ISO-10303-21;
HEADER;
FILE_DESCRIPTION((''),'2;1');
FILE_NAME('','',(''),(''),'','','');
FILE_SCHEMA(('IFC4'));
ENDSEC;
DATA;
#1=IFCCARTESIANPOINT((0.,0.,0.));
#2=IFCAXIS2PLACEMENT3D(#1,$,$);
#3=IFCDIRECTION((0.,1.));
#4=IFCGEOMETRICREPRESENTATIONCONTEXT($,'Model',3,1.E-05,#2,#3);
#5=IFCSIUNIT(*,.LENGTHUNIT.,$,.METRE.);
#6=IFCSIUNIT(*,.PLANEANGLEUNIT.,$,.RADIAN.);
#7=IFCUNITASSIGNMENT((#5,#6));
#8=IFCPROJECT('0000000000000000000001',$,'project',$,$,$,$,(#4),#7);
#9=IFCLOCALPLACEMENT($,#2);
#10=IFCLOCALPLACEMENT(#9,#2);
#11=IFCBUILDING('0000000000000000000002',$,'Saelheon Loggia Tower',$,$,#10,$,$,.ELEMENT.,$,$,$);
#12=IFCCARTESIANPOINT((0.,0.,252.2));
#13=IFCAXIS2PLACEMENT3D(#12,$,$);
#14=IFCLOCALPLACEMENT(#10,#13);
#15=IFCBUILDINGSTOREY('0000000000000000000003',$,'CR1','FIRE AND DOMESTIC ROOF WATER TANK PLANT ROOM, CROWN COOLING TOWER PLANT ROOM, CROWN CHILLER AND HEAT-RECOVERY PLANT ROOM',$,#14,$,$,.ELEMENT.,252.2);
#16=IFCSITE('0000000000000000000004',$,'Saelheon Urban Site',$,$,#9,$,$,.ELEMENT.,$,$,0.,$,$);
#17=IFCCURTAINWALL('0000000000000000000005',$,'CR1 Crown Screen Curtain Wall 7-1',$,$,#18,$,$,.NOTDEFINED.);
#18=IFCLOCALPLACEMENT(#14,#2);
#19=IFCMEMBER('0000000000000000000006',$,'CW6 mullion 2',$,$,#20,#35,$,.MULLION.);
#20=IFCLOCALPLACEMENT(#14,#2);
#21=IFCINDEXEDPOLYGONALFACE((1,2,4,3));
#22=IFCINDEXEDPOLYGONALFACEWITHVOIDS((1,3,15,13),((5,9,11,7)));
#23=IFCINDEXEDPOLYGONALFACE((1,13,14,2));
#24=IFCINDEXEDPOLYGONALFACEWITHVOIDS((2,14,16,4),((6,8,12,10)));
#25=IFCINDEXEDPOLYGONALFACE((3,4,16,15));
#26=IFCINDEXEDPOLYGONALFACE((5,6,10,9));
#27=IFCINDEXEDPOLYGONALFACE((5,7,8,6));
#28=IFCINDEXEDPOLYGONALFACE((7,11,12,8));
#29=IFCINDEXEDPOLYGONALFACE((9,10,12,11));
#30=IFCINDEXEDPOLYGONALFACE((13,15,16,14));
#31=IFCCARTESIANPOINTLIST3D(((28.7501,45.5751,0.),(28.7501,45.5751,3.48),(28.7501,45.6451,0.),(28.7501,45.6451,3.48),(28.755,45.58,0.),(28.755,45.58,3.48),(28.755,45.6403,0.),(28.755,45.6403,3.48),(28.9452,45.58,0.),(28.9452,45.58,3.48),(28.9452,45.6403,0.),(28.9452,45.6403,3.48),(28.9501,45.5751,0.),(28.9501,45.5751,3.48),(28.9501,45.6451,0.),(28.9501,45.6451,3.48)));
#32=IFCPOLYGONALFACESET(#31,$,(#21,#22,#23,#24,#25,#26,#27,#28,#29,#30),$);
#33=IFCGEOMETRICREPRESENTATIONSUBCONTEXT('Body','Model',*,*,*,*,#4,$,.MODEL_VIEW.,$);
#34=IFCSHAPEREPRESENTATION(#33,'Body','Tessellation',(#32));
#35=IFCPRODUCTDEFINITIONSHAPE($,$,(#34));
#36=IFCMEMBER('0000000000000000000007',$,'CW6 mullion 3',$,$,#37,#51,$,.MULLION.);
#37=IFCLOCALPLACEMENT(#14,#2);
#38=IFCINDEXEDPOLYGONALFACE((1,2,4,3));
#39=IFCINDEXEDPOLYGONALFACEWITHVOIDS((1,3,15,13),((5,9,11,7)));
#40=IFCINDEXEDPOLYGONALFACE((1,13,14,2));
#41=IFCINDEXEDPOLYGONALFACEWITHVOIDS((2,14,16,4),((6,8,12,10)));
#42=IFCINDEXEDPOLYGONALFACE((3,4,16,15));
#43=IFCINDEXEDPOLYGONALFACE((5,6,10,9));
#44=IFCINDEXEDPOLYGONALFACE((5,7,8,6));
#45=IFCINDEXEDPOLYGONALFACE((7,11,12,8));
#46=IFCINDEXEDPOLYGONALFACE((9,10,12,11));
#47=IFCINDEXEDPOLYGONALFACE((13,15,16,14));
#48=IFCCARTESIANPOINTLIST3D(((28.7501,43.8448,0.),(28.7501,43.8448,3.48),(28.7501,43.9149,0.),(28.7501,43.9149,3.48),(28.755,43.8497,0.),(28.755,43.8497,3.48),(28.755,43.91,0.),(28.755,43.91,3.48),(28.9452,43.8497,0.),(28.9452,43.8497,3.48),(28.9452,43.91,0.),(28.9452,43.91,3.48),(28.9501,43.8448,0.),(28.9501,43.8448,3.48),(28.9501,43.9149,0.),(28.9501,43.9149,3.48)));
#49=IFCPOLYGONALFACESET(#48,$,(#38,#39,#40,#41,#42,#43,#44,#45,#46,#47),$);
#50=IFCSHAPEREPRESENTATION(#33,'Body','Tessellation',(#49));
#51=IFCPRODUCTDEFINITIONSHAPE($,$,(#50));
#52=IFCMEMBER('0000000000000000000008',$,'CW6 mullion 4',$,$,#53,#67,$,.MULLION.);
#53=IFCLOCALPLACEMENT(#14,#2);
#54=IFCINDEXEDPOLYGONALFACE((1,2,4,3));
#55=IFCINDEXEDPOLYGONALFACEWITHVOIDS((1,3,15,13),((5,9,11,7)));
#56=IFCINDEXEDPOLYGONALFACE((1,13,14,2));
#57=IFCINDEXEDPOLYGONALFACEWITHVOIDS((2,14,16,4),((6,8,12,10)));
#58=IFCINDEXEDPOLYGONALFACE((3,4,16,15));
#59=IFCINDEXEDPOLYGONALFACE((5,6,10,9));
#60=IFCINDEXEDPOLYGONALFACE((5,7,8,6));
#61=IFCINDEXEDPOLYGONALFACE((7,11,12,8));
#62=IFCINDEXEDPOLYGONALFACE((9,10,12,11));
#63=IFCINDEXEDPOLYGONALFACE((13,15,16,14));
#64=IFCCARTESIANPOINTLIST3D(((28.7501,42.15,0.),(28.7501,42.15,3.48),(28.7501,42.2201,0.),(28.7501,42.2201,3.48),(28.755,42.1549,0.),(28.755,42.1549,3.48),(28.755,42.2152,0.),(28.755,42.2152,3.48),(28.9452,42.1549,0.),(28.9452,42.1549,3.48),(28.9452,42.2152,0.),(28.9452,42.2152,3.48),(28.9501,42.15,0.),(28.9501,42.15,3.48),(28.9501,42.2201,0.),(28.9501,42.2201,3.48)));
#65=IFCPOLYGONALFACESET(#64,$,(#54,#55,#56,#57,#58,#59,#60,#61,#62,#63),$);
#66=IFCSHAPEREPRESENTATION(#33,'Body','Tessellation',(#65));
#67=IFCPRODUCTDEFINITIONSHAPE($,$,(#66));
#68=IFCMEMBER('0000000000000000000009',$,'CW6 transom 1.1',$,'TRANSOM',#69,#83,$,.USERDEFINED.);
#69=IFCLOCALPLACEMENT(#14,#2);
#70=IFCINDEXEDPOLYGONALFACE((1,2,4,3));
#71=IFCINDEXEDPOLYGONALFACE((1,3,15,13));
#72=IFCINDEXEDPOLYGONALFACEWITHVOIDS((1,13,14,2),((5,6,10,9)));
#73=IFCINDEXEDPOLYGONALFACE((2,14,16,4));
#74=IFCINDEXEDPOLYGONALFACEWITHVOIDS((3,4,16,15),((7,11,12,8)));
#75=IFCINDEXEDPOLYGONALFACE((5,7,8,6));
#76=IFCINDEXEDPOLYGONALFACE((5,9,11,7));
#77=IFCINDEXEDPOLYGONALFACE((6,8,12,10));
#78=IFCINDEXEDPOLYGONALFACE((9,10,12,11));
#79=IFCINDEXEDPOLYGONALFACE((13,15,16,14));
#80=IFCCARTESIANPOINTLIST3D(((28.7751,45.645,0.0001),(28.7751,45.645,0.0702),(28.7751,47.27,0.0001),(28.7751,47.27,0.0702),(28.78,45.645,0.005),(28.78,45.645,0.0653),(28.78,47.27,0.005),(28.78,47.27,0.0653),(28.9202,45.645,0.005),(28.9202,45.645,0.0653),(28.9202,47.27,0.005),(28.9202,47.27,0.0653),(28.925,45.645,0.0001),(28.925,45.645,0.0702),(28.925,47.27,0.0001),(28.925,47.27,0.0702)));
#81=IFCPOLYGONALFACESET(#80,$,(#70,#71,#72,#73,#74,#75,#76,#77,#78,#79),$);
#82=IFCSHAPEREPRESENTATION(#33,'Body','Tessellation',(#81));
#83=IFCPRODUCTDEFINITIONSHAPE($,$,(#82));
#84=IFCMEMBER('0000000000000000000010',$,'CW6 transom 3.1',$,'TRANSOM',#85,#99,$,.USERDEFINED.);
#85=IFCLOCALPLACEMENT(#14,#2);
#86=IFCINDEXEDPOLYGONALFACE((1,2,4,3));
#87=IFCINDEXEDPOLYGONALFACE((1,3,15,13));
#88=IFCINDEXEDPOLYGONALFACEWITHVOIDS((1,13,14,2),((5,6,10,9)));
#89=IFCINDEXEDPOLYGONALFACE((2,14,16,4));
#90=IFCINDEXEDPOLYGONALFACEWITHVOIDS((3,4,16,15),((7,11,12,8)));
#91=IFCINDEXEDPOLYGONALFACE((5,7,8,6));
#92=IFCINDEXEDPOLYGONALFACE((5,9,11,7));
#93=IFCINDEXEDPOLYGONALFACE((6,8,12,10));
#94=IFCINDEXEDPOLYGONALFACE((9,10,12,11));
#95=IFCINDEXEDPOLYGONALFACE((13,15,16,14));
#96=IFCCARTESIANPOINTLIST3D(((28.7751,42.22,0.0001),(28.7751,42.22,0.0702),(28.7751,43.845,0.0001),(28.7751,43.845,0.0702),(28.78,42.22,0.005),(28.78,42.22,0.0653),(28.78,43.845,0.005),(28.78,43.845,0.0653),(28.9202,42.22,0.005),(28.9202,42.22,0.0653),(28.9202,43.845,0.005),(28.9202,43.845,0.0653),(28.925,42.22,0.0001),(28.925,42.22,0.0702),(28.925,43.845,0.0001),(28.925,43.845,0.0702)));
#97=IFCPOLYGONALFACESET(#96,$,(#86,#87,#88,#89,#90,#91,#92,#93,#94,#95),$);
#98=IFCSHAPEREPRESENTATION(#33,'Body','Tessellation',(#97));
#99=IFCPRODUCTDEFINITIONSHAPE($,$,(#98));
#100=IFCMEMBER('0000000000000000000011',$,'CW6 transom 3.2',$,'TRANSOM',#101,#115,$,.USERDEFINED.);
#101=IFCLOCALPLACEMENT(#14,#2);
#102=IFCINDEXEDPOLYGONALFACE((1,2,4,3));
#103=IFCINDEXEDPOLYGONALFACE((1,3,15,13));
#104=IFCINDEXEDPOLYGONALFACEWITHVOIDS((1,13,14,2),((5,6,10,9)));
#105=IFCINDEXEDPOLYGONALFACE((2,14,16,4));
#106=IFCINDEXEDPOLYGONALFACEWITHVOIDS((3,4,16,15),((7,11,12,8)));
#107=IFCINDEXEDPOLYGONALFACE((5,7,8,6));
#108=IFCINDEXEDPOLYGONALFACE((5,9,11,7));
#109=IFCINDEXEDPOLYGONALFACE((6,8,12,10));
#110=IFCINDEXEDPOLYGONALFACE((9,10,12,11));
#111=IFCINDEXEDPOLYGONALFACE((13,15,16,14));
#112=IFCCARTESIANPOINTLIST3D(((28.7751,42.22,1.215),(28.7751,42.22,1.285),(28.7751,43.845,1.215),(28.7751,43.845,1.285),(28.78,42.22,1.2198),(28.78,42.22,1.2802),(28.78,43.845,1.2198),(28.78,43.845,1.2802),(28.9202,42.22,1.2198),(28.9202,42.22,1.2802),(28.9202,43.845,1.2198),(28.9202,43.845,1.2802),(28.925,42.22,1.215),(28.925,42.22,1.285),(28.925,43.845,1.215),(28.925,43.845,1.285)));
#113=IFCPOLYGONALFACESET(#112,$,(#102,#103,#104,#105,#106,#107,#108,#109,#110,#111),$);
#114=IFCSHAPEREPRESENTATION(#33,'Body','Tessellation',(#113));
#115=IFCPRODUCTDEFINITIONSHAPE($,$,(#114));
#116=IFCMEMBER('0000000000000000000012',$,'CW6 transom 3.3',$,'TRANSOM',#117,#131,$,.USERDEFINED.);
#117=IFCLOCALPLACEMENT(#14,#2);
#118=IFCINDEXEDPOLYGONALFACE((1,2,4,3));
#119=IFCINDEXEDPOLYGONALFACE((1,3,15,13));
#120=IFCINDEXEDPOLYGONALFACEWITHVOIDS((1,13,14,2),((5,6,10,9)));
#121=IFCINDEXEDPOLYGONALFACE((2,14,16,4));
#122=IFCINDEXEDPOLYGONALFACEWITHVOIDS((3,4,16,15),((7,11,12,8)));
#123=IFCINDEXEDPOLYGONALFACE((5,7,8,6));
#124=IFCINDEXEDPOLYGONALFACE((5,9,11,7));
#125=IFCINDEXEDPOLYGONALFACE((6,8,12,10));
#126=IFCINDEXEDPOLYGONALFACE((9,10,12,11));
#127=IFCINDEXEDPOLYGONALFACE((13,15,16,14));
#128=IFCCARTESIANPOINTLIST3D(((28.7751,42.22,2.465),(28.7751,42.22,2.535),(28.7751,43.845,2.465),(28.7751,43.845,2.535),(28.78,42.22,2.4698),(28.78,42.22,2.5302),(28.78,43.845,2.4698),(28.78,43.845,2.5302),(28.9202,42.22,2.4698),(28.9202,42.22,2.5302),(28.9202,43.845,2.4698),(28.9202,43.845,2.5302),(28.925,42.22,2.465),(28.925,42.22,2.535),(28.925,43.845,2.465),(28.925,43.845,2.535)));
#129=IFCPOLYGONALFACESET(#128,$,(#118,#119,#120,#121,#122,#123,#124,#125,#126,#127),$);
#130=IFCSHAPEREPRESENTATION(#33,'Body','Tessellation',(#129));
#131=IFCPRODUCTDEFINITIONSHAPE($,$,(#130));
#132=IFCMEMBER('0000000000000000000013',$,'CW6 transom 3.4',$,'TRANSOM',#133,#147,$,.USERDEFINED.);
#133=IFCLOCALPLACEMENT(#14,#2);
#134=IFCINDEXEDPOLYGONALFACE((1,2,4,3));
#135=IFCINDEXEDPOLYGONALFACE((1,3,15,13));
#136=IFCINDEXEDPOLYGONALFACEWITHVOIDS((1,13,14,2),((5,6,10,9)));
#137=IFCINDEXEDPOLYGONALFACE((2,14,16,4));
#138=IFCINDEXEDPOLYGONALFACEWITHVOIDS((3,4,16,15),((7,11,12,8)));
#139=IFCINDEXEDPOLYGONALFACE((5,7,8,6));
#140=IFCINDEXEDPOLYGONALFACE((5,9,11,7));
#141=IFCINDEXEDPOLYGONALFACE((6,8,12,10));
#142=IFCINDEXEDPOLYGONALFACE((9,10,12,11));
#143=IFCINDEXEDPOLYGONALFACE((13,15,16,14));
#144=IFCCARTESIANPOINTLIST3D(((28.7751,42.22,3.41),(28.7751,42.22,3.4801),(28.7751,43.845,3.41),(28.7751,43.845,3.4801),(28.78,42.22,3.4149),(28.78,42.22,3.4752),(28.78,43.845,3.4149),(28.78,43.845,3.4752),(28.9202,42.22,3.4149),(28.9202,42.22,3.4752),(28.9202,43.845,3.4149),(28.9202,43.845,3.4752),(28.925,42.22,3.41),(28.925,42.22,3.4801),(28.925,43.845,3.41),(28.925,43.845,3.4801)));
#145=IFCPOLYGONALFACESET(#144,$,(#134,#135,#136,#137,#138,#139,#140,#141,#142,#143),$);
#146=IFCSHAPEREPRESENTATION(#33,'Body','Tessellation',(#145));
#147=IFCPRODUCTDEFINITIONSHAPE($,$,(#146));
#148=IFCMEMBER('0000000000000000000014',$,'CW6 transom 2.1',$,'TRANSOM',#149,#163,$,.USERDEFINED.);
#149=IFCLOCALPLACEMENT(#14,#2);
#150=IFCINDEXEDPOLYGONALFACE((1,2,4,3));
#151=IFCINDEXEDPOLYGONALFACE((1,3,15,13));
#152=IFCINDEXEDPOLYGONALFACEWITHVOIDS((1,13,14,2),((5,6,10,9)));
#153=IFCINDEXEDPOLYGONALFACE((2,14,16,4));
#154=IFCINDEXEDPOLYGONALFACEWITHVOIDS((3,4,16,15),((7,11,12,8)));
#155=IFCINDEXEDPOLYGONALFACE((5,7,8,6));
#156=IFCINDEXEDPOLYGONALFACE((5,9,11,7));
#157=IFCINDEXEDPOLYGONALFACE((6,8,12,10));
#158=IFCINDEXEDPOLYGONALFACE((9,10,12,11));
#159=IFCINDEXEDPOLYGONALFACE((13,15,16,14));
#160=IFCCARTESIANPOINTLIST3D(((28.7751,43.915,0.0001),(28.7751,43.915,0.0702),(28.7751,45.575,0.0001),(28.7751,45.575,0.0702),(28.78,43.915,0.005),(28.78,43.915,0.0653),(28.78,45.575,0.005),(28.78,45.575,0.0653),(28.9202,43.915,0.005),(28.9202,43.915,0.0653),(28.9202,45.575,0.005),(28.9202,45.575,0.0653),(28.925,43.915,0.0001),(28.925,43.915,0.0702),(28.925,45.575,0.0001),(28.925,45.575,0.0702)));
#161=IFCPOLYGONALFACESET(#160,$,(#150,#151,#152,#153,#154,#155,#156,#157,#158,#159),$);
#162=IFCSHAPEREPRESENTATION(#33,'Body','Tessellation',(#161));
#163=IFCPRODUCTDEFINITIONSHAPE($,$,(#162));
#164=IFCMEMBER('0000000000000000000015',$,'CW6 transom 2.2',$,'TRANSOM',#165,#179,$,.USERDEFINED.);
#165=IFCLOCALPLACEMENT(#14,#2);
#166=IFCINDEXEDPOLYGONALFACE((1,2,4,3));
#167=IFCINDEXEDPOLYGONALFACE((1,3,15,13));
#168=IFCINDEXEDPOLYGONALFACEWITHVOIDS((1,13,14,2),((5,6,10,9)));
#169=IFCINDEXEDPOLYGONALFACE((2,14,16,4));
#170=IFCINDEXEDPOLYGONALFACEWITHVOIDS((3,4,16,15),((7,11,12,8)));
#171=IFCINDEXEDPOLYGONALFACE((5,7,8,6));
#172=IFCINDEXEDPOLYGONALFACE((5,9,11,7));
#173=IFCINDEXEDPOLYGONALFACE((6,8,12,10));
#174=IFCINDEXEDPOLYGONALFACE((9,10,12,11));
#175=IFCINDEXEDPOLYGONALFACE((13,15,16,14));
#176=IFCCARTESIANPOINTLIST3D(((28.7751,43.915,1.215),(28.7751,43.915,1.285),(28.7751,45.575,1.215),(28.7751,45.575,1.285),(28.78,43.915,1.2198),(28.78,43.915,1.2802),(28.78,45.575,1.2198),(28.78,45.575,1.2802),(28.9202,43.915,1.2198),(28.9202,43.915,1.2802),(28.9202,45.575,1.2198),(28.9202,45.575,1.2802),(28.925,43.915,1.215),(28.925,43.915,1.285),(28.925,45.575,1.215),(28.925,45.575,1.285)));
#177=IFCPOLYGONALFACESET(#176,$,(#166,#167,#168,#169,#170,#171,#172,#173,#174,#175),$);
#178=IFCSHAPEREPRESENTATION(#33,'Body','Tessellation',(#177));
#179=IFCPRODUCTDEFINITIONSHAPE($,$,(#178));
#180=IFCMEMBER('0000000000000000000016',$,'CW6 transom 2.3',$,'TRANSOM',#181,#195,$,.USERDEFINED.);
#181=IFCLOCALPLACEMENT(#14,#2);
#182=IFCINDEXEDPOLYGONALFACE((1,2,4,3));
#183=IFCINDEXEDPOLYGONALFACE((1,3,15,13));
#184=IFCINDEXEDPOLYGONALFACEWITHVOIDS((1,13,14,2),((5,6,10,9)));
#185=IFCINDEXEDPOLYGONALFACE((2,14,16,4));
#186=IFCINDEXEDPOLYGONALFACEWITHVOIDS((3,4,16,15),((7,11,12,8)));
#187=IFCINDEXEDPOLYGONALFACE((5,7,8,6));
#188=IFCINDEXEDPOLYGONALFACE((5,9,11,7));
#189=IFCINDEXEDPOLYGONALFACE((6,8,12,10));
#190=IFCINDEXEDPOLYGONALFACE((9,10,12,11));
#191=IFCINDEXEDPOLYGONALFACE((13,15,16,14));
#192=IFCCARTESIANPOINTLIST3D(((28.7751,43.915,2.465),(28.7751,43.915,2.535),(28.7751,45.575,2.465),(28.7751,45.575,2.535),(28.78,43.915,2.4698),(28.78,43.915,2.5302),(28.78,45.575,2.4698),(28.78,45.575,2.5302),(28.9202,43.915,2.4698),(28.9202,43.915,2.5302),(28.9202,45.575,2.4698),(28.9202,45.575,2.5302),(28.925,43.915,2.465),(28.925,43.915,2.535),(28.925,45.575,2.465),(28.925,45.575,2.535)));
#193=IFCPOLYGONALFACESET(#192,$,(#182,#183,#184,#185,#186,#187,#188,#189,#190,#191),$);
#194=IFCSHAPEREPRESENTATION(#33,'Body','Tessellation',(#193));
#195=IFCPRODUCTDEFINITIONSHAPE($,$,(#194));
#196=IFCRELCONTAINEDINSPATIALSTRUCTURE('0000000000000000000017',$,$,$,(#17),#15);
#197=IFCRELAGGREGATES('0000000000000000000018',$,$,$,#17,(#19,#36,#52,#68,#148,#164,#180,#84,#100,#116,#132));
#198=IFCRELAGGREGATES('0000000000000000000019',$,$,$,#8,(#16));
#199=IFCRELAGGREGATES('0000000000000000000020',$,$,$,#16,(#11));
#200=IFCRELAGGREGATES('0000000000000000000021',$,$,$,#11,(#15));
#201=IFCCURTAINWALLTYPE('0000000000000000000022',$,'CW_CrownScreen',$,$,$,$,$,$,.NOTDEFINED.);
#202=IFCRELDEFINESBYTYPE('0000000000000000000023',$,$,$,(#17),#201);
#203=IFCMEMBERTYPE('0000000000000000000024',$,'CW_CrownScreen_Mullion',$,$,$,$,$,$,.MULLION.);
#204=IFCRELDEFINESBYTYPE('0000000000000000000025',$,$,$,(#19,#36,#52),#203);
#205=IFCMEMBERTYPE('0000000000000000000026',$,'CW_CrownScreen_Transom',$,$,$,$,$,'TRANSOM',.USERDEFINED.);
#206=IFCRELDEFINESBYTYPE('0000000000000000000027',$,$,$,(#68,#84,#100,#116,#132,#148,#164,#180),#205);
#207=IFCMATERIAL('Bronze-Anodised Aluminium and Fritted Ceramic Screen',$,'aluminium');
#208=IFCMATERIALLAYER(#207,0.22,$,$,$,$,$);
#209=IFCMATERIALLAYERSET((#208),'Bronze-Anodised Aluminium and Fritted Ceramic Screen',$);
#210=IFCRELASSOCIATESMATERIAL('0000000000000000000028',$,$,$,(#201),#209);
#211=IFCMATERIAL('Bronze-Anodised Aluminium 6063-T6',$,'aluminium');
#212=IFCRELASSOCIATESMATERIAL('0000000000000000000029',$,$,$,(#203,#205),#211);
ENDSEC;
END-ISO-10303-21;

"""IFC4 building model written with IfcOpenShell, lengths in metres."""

from ifc_helpers import new_model, si_unit, direction, frame, origin, origin_2d, place, context, subcontext, project, spatial, hollow_rectangle, extrude, source, transform, mapped, material, layer, layer_set, material_profile, profile_set, type_object, element, aggregate, save


model = new_model("IFC4")

# Units and contexts
model_context = context("Model", 3, precision=1e-05, world=origin(), true_north=direction((0.0, 1.0)))
body_context = subcontext(model_context, "Body", "Model", "MODEL_VIEW")
ifc_project = project(units=[si_unit("LENGTHUNIT", "METRE"), si_unit("PLANEANGLEUNIT", "RADIAN")], contexts=[model_context])

# Site, building, storey
site_placement = place(None, origin())
site = spatial("IfcSite", under=ifc_project, at=site_placement, Name="Saelheon Urban Site", CompositionType="ELEMENT", RefElevation=0.0)
building_placement = place(site_placement, origin())
building = spatial("IfcBuilding", under=site, at=building_placement, Name="Saelheon Loggia Tower", CompositionType="ELEMENT")
storey_placement = place(building_placement, frame((0.0, 0.0, 252.2)))
storey = spatial("IfcBuildingStorey", under=building, at=storey_placement, Name="CR1", Description="FIRE AND DOMESTIC ROOF WATER TANK PLANT ROOM, CROWN COOLING TOWER PLANT ROOM, CROWN CHILLER AND HEAT-RECOVERY PLANT ROOM", CompositionType="ELEMENT", Elevation=252.2)

# Curtain wall, members
ifc_material_1 = material(Name="Bronze-Anodised Aluminium and Fritted Ceramic Screen", Category="aluminium")
ifc_layer_1 = layer(ifc_material_1, 0.22)
ifc_layer_set_1 = layer_set([ifc_layer_1], Name="Bronze-Anodised Aluminium and Fritted Ceramic Screen")
curtain_wall_type = type_object("IfcCurtainWallType", Name="CW_CrownScreen", PredefinedType="NOTDEFINED", material=ifc_layer_set_1)
curtain_wall_placement = place(storey_placement, origin())
curtain_wall = element("IfcCurtainWall", 1, at=curtain_wall_placement, inside=storey, type_object=curtain_wall_type, Name="CR1 Crown Screen Curtain Wall 7-1", PredefinedType="NOTDEFINED")
ifc_material_2 = material(Name="Bronze-Anodised Aluminium 6063-T6", Category="aluminium")
ifc_material_profile_1 = material_profile(ifc_material_2, hollow_rectangle(XDim=0.0701, YDim=0.2, WallThickness=0.0049, at=origin_2d()), Name="RHS-200x70x5")
ifc_profile_set_1 = profile_set([ifc_material_profile_1], Name="Bronze-Anodised Aluminium 6063-T6")
member_type_1 = type_object("IfcMemberType", Name="CW_CrownScreen_Mullion", PredefinedType="MULLION", material=ifc_profile_set_1)
shared_shape_1 = source(origin(), body_context, "Body", "SweptSolid", [
    extrude(hollow_rectangle(XDim=0.0701, YDim=0.2, WallThickness=0.0049, at=origin_2d()), origin(), (0.0, 0.0, 1.0), 3.48),
])
member_1_placement = place(storey_placement, frame((28.8501, 45.6101, 0.0), z_axis=(0.0, 0.0, 1.0), x_axis=(0.0, -1.0, 0.0)))
member_1 = element("IfcMember", 2, at=member_1_placement, type_object=member_type_1, Name="CW6 mullion 2", PredefinedType="MULLION", context=body_context, shape_type="MappedRepresentation", body=[
    mapped(shared_shape_1, transform((0.0, 0.0, 0.0), scale=1.0)),
])
member_2_placement = place(storey_placement, frame((28.8501, 43.8799, 0.0), z_axis=(0.0, 0.0, 1.0), x_axis=(0.0, -1.0, 0.0)))
member_2 = element("IfcMember", 3, at=member_2_placement, type_object=member_type_1, Name="CW6 mullion 3", PredefinedType="MULLION", context=body_context, shape_type="MappedRepresentation", body=[
    mapped(shared_shape_1, transform((0.0, 0.0, 0.0), scale=1.0)),
])
member_3_placement = place(storey_placement, frame((28.8501, 42.1851, 0.0), z_axis=(0.0, 0.0, 1.0), x_axis=(0.0, -1.0, 0.0)))
member_3 = element("IfcMember", 4, at=member_3_placement, type_object=member_type_1, Name="CW6 mullion 4", PredefinedType="MULLION", context=body_context, shape_type="MappedRepresentation", body=[
    mapped(shared_shape_1, transform((0.0, 0.0, 0.0), scale=1.0)),
])
ifc_material_profile_2 = material_profile(ifc_material_2, hollow_rectangle(XDim=0.0701, YDim=0.1499, WallThickness=0.0049, at=origin_2d()), Name="RHS-150x70x5")
ifc_profile_set_2 = profile_set([ifc_material_profile_2], Name="Bronze-Anodised Aluminium 6063-T6")
member_type_2 = type_object("IfcMemberType", Name="CW_CrownScreen_Transom", ElementType="TRANSOM", PredefinedType="USERDEFINED", material=ifc_profile_set_2)
shared_shape_2 = source(origin(), body_context, "Body", "SweptSolid", [
    extrude(hollow_rectangle(XDim=0.0701, YDim=0.1499, WallThickness=0.0049, at=origin_2d()), origin(), (0.0, 0.0, 1.0), 1.625),
])
member_4_placement = place(storey_placement, frame((28.8501, 47.27, 0.0352), z_axis=(0.0, -1.0, 0.0), x_axis=(0.0, 0.0, 1.0)))
member_4 = element("IfcMember", 5, at=member_4_placement, type_object=member_type_2, Name="CW6 transom 1.1", ObjectType="TRANSOM", PredefinedType="USERDEFINED", context=body_context, shape_type="MappedRepresentation", body=[
    mapped(shared_shape_2, transform((0.0, 0.0, 0.0), scale=1.0)),
])
member_5_placement = place(storey_placement, frame((28.8501, 43.845, 0.0352), z_axis=(0.0, -1.0, 0.0), x_axis=(0.0, 0.0, 1.0)))
member_5 = element("IfcMember", 6, at=member_5_placement, type_object=member_type_2, Name="CW6 transom 3.1", ObjectType="TRANSOM", PredefinedType="USERDEFINED", context=body_context, shape_type="MappedRepresentation", body=[
    mapped(shared_shape_2, transform((0.0, 0.0, 0.0), scale=1.0)),
])
member_6_placement = place(storey_placement, frame((28.8501, 43.845, 1.25), z_axis=(0.0, -1.0, 0.0), x_axis=(0.0, 0.0, 1.0)))
member_6 = element("IfcMember", 7, at=member_6_placement, type_object=member_type_2, Name="CW6 transom 3.2", ObjectType="TRANSOM", PredefinedType="USERDEFINED", context=body_context, shape_type="MappedRepresentation", body=[
    mapped(shared_shape_2, transform((0.0, 0.0, 0.0), scale=1.0)),
])
member_7_placement = place(storey_placement, frame((28.8501, 43.845, 2.5), z_axis=(0.0, -1.0, 0.0), x_axis=(0.0, 0.0, 1.0)))
member_7 = element("IfcMember", 8, at=member_7_placement, type_object=member_type_2, Name="CW6 transom 3.3", ObjectType="TRANSOM", PredefinedType="USERDEFINED", context=body_context, shape_type="MappedRepresentation", body=[
    mapped(shared_shape_2, transform((0.0, 0.0, 0.0), scale=1.0)),
])
member_8_placement = place(storey_placement, frame((28.8501, 43.845, 3.4451), z_axis=(0.0, -1.0, 0.0), x_axis=(0.0, 0.0, 1.0)))
member_8 = element("IfcMember", 9, at=member_8_placement, type_object=member_type_2, Name="CW6 transom 3.4", ObjectType="TRANSOM", PredefinedType="USERDEFINED", context=body_context, shape_type="MappedRepresentation", body=[
    mapped(shared_shape_2, transform((0.0, 0.0, 0.0), scale=1.0)),
])
shared_shape_3 = source(origin(), body_context, "Body", "SweptSolid", [
    extrude(hollow_rectangle(XDim=0.0701, YDim=0.1499, WallThickness=0.0049, at=origin_2d()), origin(), (0.0, 0.0, 1.0), 1.6599),
])
member_9_placement = place(storey_placement, frame((28.8501, 45.575, 0.0352), z_axis=(0.0, -1.0, 0.0), x_axis=(0.0, 0.0, 1.0)))
member_9 = element("IfcMember", 10, at=member_9_placement, type_object=member_type_2, Name="CW6 transom 2.1", ObjectType="TRANSOM", PredefinedType="USERDEFINED", context=body_context, shape_type="MappedRepresentation", body=[
    mapped(shared_shape_3, transform((0.0, 0.0, 0.0), scale=1.0)),
])
member_10_placement = place(storey_placement, frame((28.8501, 45.575, 1.25), z_axis=(0.0, -1.0, 0.0), x_axis=(0.0, 0.0, 1.0)))
member_10 = element("IfcMember", 11, at=member_10_placement, type_object=member_type_2, Name="CW6 transom 2.2", ObjectType="TRANSOM", PredefinedType="USERDEFINED", context=body_context, shape_type="MappedRepresentation", body=[
    mapped(shared_shape_3, transform((0.0, 0.0, 0.0), scale=1.0)),
])
member_11_placement = place(storey_placement, frame((28.8501, 45.575, 2.5), z_axis=(0.0, -1.0, 0.0), x_axis=(0.0, 0.0, 1.0)))
member_11 = element("IfcMember", 12, at=member_11_placement, type_object=member_type_2, Name="CW6 transom 2.3", ObjectType="TRANSOM", PredefinedType="USERDEFINED", context=body_context, shape_type="MappedRepresentation", body=[
    mapped(shared_shape_3, transform((0.0, 0.0, 0.0), scale=1.0)),
])
aggregate(curtain_wall, [member_1, member_2, member_3, member_4, member_9, member_10, member_11, member_5, member_6, member_7, member_8])

save(model, "model.ifc")
